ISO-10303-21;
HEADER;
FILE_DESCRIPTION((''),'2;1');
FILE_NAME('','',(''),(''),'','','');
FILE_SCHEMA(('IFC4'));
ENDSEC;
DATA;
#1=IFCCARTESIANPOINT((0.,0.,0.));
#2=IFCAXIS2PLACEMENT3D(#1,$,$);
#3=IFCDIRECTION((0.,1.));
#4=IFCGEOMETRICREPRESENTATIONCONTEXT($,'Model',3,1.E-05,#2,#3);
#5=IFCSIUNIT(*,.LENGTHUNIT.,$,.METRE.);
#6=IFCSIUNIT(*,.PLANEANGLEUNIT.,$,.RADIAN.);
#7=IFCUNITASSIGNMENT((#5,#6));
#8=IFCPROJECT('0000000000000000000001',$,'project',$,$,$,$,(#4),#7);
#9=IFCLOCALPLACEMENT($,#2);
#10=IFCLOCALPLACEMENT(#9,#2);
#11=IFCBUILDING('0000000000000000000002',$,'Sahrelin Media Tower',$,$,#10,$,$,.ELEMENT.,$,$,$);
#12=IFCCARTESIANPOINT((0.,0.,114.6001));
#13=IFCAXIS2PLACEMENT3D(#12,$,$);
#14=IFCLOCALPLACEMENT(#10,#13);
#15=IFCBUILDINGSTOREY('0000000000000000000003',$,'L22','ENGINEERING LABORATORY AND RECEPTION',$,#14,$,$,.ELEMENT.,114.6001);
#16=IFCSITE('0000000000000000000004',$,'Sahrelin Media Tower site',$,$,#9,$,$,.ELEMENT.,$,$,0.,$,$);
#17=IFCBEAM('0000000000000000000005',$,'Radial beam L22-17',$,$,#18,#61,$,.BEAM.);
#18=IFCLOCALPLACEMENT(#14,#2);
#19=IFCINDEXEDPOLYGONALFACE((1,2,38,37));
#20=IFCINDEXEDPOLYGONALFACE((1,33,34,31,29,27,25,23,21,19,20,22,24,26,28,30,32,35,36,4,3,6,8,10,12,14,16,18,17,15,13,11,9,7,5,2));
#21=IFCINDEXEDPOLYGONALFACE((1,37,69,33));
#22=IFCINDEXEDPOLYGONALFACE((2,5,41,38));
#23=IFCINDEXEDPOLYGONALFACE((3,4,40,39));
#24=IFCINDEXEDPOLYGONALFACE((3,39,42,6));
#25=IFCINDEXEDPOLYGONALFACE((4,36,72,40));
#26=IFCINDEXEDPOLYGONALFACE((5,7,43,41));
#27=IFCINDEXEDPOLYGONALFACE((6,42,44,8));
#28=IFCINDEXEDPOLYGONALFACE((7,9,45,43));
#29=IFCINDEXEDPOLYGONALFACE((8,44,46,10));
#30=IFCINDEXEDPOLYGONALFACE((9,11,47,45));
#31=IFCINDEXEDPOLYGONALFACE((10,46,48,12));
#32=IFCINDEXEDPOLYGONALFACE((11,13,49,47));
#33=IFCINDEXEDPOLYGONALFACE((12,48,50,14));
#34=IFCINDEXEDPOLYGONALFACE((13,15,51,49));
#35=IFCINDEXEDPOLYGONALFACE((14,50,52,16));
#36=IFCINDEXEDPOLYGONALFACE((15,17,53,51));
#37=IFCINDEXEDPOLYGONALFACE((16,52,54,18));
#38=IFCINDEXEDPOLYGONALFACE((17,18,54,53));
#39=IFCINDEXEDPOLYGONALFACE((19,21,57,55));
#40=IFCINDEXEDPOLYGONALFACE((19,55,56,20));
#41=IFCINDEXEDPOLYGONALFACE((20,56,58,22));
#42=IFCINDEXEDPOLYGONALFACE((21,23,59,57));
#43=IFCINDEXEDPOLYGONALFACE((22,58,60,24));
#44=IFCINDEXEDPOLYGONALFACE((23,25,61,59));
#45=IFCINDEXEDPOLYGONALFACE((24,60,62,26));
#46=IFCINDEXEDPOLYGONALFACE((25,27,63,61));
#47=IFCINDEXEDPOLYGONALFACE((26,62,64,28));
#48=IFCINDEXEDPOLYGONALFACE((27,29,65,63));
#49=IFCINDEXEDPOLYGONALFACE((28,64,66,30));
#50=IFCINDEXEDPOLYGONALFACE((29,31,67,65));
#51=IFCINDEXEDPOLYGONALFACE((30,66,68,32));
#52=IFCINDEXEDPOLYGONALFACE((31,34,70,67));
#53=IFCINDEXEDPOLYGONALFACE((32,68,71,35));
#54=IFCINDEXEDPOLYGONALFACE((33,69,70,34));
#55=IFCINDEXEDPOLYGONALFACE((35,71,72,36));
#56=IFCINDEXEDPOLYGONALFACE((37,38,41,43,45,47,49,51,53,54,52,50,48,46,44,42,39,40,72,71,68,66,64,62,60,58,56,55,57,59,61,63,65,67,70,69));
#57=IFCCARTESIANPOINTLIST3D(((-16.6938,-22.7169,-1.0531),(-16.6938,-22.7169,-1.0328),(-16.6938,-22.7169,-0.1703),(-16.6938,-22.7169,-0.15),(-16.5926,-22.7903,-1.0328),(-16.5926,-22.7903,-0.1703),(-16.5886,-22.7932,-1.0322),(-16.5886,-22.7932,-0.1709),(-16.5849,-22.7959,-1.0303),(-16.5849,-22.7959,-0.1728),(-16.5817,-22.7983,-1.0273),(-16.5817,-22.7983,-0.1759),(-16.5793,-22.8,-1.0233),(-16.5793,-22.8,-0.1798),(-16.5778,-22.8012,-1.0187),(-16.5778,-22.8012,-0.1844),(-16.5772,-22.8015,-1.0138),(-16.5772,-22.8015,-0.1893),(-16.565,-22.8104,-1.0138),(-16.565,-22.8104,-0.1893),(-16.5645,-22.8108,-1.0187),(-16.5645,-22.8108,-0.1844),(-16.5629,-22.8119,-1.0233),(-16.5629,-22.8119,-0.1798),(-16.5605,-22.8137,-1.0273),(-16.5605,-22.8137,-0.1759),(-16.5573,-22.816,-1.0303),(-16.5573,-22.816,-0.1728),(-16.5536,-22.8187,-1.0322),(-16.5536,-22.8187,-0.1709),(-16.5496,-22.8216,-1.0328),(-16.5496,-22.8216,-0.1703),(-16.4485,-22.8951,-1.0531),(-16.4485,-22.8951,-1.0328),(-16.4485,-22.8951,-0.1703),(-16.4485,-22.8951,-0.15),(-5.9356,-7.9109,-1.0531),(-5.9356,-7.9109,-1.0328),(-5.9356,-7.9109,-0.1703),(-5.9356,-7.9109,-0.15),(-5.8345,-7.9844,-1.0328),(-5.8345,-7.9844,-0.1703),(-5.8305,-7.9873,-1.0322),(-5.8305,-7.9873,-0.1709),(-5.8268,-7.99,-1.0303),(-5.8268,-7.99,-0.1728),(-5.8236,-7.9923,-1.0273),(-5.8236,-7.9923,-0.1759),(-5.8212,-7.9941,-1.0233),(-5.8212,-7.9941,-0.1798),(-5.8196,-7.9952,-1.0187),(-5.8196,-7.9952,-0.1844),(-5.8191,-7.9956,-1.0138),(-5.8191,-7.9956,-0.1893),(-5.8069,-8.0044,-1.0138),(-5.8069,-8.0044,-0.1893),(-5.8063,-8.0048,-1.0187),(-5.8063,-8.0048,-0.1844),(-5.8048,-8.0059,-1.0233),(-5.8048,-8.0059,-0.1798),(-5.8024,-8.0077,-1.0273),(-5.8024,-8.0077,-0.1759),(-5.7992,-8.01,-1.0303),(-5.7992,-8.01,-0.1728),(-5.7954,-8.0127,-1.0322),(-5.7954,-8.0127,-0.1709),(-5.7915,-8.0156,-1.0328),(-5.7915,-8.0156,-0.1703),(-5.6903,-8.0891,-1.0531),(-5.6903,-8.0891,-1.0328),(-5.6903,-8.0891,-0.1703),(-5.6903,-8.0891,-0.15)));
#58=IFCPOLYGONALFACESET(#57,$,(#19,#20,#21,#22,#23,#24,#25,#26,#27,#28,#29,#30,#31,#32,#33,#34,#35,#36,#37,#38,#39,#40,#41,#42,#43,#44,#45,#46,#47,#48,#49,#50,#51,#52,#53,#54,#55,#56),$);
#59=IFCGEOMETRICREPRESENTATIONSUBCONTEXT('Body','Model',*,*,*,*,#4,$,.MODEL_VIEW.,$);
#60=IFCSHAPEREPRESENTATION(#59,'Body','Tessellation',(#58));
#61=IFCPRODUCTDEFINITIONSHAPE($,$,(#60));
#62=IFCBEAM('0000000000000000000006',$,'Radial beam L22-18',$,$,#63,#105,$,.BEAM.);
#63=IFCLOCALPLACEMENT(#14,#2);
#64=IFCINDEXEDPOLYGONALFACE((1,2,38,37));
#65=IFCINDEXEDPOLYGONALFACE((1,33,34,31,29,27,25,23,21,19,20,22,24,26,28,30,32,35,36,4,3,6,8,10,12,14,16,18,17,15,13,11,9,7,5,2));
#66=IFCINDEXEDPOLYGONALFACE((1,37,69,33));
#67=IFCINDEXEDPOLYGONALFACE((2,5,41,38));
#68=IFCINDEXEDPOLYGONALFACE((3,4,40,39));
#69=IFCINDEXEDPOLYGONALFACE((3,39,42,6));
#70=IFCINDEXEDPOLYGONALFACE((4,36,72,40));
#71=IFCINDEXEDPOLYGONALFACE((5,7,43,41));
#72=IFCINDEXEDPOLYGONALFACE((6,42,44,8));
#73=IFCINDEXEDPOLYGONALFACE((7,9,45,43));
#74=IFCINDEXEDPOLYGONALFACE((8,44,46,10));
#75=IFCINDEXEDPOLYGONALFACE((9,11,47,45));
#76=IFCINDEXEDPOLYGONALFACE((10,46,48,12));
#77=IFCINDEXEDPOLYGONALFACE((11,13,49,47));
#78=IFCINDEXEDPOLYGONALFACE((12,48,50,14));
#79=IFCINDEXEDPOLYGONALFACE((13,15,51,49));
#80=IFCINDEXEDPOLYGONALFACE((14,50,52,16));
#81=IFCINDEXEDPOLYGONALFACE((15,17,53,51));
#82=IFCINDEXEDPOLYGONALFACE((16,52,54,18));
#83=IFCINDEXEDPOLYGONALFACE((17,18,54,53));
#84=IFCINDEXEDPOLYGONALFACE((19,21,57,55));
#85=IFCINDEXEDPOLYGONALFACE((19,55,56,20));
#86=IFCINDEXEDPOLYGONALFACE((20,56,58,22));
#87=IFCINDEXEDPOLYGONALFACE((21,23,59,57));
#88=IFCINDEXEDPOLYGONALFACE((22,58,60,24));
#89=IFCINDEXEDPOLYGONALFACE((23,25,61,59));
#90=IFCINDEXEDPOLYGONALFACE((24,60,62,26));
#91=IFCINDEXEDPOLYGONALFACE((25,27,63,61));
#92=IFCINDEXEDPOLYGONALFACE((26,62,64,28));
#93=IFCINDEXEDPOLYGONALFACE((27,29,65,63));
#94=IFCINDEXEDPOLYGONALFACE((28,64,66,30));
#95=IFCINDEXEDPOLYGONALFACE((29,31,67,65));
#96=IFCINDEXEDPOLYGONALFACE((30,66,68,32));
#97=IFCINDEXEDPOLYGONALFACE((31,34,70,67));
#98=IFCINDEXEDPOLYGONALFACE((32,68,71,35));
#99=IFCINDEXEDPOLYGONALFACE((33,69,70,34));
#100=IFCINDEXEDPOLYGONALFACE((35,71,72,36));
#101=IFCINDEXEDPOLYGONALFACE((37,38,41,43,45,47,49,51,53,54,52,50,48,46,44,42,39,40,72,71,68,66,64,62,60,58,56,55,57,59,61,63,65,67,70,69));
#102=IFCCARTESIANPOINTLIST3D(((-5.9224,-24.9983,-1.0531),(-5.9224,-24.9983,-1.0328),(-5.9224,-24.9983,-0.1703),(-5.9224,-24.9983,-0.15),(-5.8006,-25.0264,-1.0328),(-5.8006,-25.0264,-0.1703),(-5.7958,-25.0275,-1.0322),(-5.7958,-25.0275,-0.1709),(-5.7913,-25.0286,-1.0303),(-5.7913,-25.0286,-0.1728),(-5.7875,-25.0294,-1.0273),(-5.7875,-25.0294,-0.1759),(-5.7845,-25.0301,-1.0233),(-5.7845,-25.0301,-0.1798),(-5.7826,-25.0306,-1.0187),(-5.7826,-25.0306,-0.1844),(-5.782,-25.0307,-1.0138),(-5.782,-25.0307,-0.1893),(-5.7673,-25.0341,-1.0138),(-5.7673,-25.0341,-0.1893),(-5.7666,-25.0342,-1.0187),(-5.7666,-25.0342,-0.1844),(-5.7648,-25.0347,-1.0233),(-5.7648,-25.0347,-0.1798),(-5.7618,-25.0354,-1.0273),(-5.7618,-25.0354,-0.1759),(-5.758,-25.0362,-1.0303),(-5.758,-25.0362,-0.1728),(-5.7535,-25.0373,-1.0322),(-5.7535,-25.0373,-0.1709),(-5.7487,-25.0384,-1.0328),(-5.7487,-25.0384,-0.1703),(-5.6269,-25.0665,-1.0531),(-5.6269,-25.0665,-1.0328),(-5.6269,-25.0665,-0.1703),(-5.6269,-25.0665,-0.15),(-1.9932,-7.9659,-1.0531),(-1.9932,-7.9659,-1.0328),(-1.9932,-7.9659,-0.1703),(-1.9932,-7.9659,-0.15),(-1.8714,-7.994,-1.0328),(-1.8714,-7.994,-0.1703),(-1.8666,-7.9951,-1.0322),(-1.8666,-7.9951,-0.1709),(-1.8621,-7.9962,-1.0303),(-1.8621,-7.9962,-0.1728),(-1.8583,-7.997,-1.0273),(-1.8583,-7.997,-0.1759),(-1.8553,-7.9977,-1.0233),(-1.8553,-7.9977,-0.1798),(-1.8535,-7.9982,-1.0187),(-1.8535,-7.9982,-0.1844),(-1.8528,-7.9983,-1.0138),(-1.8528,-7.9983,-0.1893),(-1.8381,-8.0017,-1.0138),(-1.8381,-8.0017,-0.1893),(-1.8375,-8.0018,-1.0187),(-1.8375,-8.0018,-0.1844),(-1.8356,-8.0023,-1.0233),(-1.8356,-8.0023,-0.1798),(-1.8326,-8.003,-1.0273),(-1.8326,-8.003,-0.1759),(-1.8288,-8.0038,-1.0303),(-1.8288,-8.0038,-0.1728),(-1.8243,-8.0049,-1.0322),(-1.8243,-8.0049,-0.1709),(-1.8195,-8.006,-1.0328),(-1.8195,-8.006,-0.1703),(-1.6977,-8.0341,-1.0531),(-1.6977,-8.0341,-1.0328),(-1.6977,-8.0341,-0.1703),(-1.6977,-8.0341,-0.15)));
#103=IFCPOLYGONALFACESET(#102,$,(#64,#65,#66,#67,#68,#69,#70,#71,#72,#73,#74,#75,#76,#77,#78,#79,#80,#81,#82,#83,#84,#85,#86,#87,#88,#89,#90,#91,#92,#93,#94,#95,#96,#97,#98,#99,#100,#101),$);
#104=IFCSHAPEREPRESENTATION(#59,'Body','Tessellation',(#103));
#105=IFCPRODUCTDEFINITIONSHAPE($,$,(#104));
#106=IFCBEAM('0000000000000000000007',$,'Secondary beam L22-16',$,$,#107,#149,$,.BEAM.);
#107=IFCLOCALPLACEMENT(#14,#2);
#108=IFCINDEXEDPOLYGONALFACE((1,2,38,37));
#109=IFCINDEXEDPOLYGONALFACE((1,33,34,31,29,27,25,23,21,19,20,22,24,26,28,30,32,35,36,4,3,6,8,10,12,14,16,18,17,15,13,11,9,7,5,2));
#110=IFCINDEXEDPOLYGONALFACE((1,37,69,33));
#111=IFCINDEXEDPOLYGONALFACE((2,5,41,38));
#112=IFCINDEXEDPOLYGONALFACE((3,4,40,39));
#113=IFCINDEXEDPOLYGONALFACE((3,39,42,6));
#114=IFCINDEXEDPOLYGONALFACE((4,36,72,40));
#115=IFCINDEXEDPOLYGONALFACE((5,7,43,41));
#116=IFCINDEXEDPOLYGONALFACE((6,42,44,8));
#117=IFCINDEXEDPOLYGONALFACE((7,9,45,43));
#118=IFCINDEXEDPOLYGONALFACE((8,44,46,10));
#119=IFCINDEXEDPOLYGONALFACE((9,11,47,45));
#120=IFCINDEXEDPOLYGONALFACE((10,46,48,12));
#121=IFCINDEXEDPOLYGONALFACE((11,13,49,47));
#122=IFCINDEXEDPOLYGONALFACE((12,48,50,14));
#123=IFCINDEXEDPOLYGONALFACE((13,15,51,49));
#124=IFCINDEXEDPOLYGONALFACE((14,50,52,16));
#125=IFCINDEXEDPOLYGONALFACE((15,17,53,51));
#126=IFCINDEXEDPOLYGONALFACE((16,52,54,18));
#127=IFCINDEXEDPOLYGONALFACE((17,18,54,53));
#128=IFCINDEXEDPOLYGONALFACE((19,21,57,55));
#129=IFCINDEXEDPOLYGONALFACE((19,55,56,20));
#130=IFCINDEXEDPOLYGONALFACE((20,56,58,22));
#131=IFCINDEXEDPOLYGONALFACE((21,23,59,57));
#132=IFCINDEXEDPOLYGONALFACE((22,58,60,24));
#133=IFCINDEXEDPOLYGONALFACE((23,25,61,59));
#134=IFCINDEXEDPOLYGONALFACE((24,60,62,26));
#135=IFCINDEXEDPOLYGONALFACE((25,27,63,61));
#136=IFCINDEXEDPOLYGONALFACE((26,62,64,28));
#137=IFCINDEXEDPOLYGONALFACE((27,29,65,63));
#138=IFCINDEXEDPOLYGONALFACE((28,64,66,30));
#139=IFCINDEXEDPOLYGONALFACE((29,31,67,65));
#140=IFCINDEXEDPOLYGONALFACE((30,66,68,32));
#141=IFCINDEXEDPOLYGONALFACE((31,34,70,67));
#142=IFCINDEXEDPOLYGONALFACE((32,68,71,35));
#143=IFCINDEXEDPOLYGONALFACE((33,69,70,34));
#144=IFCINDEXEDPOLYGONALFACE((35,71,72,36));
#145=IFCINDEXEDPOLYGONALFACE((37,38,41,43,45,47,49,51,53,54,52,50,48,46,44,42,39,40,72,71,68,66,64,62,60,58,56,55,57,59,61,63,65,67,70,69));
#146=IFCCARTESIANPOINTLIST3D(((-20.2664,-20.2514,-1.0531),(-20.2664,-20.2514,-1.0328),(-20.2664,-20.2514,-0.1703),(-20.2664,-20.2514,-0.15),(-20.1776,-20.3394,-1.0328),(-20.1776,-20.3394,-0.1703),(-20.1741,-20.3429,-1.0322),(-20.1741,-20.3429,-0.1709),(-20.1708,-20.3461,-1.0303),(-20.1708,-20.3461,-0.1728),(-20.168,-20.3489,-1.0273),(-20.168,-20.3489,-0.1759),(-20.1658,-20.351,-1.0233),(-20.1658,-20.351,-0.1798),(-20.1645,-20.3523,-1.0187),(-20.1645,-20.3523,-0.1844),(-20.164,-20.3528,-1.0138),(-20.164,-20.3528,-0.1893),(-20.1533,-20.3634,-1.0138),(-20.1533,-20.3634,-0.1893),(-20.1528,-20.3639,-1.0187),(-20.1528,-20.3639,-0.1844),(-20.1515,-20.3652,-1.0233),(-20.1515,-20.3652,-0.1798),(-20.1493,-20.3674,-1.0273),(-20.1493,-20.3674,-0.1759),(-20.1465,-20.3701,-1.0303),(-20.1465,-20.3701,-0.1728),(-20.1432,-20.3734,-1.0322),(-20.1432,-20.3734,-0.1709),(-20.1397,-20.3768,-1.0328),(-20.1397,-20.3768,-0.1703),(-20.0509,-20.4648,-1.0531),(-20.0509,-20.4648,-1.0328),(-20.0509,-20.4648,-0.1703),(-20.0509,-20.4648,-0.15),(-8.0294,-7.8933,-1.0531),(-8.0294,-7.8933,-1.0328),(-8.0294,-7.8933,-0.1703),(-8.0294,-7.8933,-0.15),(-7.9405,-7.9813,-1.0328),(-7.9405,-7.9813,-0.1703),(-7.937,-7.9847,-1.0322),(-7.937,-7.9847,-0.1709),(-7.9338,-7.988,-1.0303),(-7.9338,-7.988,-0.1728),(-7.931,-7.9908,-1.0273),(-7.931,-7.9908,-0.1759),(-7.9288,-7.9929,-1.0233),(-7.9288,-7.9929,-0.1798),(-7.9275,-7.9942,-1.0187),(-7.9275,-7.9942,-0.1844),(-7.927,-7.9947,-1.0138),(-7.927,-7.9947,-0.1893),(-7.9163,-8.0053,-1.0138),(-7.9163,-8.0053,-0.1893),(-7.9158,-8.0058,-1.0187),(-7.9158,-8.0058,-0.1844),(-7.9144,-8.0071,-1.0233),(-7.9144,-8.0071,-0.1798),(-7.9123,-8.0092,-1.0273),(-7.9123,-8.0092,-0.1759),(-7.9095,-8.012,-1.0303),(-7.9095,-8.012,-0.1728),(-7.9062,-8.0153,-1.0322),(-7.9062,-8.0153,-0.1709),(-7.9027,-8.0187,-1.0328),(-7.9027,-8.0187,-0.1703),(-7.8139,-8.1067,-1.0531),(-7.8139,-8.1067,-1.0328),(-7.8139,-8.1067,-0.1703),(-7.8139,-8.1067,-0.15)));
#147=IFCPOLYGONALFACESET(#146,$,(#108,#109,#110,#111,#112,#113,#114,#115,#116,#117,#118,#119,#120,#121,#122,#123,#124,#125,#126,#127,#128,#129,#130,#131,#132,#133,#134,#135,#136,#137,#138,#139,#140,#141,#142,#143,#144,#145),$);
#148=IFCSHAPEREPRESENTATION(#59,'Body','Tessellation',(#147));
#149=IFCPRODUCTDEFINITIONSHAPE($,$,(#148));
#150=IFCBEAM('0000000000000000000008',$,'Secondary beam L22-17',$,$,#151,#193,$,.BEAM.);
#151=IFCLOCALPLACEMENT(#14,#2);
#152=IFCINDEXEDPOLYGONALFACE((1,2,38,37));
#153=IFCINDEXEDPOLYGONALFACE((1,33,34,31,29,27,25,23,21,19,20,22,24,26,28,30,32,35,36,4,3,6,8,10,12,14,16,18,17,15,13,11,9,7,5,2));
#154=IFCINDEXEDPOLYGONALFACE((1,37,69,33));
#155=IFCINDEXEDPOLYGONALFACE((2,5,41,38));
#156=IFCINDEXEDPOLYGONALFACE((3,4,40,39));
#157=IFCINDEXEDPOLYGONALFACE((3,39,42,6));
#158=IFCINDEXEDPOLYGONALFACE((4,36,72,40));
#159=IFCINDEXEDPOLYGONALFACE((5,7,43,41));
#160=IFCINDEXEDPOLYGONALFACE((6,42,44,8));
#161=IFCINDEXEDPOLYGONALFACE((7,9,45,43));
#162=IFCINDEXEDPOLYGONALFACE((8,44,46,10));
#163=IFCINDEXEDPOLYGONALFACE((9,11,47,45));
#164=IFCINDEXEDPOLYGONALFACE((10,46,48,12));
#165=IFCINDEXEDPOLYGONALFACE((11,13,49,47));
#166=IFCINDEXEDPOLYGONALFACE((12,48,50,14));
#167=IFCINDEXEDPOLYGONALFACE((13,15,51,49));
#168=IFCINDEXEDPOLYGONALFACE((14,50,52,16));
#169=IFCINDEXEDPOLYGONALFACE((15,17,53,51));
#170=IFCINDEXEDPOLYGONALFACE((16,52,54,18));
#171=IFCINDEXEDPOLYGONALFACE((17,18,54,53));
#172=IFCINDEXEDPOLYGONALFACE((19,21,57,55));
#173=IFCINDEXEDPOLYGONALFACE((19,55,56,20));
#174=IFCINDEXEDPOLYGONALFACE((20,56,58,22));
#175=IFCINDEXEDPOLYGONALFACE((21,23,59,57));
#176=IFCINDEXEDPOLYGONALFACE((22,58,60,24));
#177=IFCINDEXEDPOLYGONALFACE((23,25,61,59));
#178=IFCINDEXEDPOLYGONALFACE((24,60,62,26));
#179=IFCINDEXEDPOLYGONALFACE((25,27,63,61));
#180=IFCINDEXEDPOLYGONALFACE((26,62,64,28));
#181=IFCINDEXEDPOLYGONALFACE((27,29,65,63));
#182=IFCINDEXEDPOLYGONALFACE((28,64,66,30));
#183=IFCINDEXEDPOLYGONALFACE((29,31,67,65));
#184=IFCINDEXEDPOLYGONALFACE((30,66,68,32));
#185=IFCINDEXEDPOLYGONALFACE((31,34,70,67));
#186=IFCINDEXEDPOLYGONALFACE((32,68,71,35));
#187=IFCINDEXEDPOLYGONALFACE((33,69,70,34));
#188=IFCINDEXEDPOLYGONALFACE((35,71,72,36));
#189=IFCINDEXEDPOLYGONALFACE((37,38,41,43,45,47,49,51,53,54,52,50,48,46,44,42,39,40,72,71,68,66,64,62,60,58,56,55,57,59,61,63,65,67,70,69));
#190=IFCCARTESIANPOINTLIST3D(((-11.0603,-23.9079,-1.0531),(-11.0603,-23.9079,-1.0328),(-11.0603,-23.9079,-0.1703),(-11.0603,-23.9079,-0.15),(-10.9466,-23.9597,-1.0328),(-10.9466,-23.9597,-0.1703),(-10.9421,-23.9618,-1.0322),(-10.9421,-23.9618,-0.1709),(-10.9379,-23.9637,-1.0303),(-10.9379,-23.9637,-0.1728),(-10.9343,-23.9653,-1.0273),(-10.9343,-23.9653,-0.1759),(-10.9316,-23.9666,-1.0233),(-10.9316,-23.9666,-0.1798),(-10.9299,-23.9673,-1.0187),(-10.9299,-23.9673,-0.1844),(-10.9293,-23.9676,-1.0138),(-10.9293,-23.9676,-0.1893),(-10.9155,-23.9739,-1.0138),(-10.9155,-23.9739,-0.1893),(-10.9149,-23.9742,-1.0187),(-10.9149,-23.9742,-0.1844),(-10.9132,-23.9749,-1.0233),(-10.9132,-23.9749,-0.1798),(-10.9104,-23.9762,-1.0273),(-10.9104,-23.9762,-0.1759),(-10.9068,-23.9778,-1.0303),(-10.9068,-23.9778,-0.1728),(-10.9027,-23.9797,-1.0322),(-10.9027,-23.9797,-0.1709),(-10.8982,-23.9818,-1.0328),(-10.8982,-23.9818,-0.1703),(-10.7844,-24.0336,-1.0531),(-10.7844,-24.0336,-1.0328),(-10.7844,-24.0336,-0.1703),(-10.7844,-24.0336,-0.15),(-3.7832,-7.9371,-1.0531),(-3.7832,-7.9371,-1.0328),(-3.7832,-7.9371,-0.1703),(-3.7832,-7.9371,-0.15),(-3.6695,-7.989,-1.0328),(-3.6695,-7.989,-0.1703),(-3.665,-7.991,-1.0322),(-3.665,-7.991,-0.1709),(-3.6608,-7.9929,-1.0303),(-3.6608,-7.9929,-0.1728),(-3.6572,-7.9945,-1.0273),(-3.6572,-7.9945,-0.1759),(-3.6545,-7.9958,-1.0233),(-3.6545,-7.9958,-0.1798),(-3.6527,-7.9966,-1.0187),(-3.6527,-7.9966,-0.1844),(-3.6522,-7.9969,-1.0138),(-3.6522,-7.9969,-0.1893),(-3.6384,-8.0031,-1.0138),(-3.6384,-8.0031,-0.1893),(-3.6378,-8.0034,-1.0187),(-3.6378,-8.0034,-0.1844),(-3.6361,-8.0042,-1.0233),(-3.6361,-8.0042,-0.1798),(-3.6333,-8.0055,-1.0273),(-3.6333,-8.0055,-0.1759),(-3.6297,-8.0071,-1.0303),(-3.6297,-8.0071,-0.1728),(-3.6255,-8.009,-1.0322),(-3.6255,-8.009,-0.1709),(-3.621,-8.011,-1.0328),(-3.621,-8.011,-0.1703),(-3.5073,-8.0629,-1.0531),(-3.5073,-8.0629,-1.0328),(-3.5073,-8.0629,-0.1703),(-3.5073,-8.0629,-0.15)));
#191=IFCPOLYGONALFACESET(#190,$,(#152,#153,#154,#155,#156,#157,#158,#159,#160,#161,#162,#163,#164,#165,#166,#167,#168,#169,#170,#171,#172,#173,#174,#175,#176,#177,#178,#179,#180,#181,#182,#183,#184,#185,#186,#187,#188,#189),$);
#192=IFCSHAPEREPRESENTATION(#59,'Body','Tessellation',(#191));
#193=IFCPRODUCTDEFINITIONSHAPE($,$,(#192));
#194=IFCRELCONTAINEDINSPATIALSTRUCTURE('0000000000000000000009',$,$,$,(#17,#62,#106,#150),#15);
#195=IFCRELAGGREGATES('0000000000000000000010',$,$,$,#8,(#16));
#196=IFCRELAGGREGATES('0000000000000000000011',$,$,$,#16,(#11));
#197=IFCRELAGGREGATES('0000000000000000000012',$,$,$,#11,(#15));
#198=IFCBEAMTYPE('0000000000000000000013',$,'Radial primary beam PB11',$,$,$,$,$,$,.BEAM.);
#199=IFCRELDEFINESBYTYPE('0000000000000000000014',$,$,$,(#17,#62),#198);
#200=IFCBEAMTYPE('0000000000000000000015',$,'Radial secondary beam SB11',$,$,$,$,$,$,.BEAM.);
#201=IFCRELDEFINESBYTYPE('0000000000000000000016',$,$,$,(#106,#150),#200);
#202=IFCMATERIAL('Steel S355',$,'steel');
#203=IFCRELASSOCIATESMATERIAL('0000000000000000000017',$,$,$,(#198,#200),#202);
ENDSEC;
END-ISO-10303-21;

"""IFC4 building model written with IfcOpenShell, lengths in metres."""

from ifc_helpers import new_model, si_unit, direction, frame, origin, origin_2d, place, context, subcontext, project, spatial, i_section, extrude, material, material_profile, profile_set, type_object, element, save


model = new_model("IFC4")

# Units and contexts
model_context = context("Model", 3, precision=1e-05, world=origin(), true_north=direction((0.0, 1.0)))
body_context = subcontext(model_context, "Body", "Model", "MODEL_VIEW")
ifc_project = project(units=[si_unit("LENGTHUNIT", "METRE"), si_unit("PLANEANGLEUNIT", "RADIAN")], contexts=[model_context])

# Site, building, storey
site_placement = place(None, origin())
site = spatial("IfcSite", under=ifc_project, at=site_placement, Name="Sahrelin Media Tower site", CompositionType="ELEMENT", RefElevation=0.0)
building_placement = place(site_placement, origin())
building = spatial("IfcBuilding", under=site, at=building_placement, Name="Sahrelin Media Tower", CompositionType="ELEMENT")
storey_placement = place(building_placement, frame((0.0, 0.0, 114.6001)))
storey = spatial("IfcBuildingStorey", under=building, at=storey_placement, Name="L22", Description="ENGINEERING LABORATORY AND RECEPTION", CompositionType="ELEMENT", Elevation=114.6001)

# Beams
ifc_material_1 = material(Name="Steel S355", Category="steel")
ifc_material_profile_1 = material_profile(ifc_material_1, i_section(OverallWidth=0.3032, OverallDepth=0.9031, WebThickness=0.0151, FlangeThickness=0.0203, FilletRadius=0.019, at=origin_2d()), Name="UB 914x305x201")
ifc_profile_set_1 = profile_set([ifc_material_profile_1], Name="Steel S355")
beam_type_1 = type_object("IfcBeamType", Name="Radial primary beam PB11", PredefinedType="BEAM", material=ifc_profile_set_1)
beam_1_placement = place(storey_placement, frame((-5.813, -8.0, -0.6016), z_axis=(-0.587819, -0.808993, 0.0), x_axis=(0.808993, -0.587819, 0.0)))
element("IfcBeam", 1, at=beam_1_placement, inside=storey, type_object=beam_type_1, Name="Radial beam L22-17", PredefinedType="BEAM", context=body_context, shape_type="SweptSolid", body=[
    extrude(i_section(OverallWidth=0.3032, OverallDepth=0.9031, WebThickness=0.0151, FlangeThickness=0.0203, FilletRadius=0.019, at=origin_2d()), origin(), (0.0, 0.0, 1.0), 18.3018),
])
beam_2_placement = place(storey_placement, frame((-1.8455, -8.0, -0.6016), z_axis=(-0.224785, -0.974408, 0.0), x_axis=(0.974408, -0.224785, 0.0)))
element("IfcBeam", 2, at=beam_2_placement, inside=storey, type_object=beam_type_1, Name="Radial beam L22-18", PredefinedType="BEAM", context=body_context, shape_type="SweptSolid", body=[
    extrude(i_section(OverallWidth=0.3032, OverallDepth=0.9031, WebThickness=0.0151, FlangeThickness=0.0203, FilletRadius=0.019, at=origin_2d()), origin(), (0.0, 0.0, 1.0), 17.4797),
])
ifc_material_profile_2 = material_profile(ifc_material_1, i_section(OverallWidth=0.3032, OverallDepth=0.9031, WebThickness=0.0151, FlangeThickness=0.0203, FilletRadius=0.019, at=origin_2d()), Name="UB 914x305x201")
ifc_profile_set_2 = profile_set([ifc_material_profile_2], Name="Steel S355")
beam_type_2 = type_object("IfcBeamType", Name="Radial secondary beam SB11", PredefinedType="BEAM", material=ifc_profile_set_2)
beam_3_placement = place(storey_placement, frame((-7.9216, -8.0, -0.6016), z_axis=(-0.703617, -0.71058, 0.0), x_axis=(0.71058, -0.703617, 0.0)))
element("IfcBeam", 3, at=beam_3_placement, inside=storey, type_object=beam_type_2, Name="Secondary beam L22-16", PredefinedType="BEAM", context=body_context, shape_type="SweptSolid", body=[
    extrude(i_section(OverallWidth=0.3032, OverallDepth=0.9031, WebThickness=0.0151, FlangeThickness=0.0203, FilletRadius=0.019, at=origin_2d()), origin(), (0.0, 0.0, 1.0), 17.3916),
])
beam_4_placement = place(storey_placement, frame((-3.6453, -8.0, -0.6016), z_axis=(-0.414638, -0.909986, 0.0), x_axis=(0.909986, -0.414638, 0.0)))
element("IfcBeam", 4, at=beam_4_placement, inside=storey, type_object=beam_type_2, Name="Secondary beam L22-17", PredefinedType="BEAM", context=body_context, shape_type="SweptSolid", body=[
    extrude(i_section(OverallWidth=0.3032, OverallDepth=0.9031, WebThickness=0.0151, FlangeThickness=0.0203, FilletRadius=0.019, at=origin_2d()), origin(), (0.0, 0.0, 1.0), 17.5505),
])

save(model, "model.ifc")
